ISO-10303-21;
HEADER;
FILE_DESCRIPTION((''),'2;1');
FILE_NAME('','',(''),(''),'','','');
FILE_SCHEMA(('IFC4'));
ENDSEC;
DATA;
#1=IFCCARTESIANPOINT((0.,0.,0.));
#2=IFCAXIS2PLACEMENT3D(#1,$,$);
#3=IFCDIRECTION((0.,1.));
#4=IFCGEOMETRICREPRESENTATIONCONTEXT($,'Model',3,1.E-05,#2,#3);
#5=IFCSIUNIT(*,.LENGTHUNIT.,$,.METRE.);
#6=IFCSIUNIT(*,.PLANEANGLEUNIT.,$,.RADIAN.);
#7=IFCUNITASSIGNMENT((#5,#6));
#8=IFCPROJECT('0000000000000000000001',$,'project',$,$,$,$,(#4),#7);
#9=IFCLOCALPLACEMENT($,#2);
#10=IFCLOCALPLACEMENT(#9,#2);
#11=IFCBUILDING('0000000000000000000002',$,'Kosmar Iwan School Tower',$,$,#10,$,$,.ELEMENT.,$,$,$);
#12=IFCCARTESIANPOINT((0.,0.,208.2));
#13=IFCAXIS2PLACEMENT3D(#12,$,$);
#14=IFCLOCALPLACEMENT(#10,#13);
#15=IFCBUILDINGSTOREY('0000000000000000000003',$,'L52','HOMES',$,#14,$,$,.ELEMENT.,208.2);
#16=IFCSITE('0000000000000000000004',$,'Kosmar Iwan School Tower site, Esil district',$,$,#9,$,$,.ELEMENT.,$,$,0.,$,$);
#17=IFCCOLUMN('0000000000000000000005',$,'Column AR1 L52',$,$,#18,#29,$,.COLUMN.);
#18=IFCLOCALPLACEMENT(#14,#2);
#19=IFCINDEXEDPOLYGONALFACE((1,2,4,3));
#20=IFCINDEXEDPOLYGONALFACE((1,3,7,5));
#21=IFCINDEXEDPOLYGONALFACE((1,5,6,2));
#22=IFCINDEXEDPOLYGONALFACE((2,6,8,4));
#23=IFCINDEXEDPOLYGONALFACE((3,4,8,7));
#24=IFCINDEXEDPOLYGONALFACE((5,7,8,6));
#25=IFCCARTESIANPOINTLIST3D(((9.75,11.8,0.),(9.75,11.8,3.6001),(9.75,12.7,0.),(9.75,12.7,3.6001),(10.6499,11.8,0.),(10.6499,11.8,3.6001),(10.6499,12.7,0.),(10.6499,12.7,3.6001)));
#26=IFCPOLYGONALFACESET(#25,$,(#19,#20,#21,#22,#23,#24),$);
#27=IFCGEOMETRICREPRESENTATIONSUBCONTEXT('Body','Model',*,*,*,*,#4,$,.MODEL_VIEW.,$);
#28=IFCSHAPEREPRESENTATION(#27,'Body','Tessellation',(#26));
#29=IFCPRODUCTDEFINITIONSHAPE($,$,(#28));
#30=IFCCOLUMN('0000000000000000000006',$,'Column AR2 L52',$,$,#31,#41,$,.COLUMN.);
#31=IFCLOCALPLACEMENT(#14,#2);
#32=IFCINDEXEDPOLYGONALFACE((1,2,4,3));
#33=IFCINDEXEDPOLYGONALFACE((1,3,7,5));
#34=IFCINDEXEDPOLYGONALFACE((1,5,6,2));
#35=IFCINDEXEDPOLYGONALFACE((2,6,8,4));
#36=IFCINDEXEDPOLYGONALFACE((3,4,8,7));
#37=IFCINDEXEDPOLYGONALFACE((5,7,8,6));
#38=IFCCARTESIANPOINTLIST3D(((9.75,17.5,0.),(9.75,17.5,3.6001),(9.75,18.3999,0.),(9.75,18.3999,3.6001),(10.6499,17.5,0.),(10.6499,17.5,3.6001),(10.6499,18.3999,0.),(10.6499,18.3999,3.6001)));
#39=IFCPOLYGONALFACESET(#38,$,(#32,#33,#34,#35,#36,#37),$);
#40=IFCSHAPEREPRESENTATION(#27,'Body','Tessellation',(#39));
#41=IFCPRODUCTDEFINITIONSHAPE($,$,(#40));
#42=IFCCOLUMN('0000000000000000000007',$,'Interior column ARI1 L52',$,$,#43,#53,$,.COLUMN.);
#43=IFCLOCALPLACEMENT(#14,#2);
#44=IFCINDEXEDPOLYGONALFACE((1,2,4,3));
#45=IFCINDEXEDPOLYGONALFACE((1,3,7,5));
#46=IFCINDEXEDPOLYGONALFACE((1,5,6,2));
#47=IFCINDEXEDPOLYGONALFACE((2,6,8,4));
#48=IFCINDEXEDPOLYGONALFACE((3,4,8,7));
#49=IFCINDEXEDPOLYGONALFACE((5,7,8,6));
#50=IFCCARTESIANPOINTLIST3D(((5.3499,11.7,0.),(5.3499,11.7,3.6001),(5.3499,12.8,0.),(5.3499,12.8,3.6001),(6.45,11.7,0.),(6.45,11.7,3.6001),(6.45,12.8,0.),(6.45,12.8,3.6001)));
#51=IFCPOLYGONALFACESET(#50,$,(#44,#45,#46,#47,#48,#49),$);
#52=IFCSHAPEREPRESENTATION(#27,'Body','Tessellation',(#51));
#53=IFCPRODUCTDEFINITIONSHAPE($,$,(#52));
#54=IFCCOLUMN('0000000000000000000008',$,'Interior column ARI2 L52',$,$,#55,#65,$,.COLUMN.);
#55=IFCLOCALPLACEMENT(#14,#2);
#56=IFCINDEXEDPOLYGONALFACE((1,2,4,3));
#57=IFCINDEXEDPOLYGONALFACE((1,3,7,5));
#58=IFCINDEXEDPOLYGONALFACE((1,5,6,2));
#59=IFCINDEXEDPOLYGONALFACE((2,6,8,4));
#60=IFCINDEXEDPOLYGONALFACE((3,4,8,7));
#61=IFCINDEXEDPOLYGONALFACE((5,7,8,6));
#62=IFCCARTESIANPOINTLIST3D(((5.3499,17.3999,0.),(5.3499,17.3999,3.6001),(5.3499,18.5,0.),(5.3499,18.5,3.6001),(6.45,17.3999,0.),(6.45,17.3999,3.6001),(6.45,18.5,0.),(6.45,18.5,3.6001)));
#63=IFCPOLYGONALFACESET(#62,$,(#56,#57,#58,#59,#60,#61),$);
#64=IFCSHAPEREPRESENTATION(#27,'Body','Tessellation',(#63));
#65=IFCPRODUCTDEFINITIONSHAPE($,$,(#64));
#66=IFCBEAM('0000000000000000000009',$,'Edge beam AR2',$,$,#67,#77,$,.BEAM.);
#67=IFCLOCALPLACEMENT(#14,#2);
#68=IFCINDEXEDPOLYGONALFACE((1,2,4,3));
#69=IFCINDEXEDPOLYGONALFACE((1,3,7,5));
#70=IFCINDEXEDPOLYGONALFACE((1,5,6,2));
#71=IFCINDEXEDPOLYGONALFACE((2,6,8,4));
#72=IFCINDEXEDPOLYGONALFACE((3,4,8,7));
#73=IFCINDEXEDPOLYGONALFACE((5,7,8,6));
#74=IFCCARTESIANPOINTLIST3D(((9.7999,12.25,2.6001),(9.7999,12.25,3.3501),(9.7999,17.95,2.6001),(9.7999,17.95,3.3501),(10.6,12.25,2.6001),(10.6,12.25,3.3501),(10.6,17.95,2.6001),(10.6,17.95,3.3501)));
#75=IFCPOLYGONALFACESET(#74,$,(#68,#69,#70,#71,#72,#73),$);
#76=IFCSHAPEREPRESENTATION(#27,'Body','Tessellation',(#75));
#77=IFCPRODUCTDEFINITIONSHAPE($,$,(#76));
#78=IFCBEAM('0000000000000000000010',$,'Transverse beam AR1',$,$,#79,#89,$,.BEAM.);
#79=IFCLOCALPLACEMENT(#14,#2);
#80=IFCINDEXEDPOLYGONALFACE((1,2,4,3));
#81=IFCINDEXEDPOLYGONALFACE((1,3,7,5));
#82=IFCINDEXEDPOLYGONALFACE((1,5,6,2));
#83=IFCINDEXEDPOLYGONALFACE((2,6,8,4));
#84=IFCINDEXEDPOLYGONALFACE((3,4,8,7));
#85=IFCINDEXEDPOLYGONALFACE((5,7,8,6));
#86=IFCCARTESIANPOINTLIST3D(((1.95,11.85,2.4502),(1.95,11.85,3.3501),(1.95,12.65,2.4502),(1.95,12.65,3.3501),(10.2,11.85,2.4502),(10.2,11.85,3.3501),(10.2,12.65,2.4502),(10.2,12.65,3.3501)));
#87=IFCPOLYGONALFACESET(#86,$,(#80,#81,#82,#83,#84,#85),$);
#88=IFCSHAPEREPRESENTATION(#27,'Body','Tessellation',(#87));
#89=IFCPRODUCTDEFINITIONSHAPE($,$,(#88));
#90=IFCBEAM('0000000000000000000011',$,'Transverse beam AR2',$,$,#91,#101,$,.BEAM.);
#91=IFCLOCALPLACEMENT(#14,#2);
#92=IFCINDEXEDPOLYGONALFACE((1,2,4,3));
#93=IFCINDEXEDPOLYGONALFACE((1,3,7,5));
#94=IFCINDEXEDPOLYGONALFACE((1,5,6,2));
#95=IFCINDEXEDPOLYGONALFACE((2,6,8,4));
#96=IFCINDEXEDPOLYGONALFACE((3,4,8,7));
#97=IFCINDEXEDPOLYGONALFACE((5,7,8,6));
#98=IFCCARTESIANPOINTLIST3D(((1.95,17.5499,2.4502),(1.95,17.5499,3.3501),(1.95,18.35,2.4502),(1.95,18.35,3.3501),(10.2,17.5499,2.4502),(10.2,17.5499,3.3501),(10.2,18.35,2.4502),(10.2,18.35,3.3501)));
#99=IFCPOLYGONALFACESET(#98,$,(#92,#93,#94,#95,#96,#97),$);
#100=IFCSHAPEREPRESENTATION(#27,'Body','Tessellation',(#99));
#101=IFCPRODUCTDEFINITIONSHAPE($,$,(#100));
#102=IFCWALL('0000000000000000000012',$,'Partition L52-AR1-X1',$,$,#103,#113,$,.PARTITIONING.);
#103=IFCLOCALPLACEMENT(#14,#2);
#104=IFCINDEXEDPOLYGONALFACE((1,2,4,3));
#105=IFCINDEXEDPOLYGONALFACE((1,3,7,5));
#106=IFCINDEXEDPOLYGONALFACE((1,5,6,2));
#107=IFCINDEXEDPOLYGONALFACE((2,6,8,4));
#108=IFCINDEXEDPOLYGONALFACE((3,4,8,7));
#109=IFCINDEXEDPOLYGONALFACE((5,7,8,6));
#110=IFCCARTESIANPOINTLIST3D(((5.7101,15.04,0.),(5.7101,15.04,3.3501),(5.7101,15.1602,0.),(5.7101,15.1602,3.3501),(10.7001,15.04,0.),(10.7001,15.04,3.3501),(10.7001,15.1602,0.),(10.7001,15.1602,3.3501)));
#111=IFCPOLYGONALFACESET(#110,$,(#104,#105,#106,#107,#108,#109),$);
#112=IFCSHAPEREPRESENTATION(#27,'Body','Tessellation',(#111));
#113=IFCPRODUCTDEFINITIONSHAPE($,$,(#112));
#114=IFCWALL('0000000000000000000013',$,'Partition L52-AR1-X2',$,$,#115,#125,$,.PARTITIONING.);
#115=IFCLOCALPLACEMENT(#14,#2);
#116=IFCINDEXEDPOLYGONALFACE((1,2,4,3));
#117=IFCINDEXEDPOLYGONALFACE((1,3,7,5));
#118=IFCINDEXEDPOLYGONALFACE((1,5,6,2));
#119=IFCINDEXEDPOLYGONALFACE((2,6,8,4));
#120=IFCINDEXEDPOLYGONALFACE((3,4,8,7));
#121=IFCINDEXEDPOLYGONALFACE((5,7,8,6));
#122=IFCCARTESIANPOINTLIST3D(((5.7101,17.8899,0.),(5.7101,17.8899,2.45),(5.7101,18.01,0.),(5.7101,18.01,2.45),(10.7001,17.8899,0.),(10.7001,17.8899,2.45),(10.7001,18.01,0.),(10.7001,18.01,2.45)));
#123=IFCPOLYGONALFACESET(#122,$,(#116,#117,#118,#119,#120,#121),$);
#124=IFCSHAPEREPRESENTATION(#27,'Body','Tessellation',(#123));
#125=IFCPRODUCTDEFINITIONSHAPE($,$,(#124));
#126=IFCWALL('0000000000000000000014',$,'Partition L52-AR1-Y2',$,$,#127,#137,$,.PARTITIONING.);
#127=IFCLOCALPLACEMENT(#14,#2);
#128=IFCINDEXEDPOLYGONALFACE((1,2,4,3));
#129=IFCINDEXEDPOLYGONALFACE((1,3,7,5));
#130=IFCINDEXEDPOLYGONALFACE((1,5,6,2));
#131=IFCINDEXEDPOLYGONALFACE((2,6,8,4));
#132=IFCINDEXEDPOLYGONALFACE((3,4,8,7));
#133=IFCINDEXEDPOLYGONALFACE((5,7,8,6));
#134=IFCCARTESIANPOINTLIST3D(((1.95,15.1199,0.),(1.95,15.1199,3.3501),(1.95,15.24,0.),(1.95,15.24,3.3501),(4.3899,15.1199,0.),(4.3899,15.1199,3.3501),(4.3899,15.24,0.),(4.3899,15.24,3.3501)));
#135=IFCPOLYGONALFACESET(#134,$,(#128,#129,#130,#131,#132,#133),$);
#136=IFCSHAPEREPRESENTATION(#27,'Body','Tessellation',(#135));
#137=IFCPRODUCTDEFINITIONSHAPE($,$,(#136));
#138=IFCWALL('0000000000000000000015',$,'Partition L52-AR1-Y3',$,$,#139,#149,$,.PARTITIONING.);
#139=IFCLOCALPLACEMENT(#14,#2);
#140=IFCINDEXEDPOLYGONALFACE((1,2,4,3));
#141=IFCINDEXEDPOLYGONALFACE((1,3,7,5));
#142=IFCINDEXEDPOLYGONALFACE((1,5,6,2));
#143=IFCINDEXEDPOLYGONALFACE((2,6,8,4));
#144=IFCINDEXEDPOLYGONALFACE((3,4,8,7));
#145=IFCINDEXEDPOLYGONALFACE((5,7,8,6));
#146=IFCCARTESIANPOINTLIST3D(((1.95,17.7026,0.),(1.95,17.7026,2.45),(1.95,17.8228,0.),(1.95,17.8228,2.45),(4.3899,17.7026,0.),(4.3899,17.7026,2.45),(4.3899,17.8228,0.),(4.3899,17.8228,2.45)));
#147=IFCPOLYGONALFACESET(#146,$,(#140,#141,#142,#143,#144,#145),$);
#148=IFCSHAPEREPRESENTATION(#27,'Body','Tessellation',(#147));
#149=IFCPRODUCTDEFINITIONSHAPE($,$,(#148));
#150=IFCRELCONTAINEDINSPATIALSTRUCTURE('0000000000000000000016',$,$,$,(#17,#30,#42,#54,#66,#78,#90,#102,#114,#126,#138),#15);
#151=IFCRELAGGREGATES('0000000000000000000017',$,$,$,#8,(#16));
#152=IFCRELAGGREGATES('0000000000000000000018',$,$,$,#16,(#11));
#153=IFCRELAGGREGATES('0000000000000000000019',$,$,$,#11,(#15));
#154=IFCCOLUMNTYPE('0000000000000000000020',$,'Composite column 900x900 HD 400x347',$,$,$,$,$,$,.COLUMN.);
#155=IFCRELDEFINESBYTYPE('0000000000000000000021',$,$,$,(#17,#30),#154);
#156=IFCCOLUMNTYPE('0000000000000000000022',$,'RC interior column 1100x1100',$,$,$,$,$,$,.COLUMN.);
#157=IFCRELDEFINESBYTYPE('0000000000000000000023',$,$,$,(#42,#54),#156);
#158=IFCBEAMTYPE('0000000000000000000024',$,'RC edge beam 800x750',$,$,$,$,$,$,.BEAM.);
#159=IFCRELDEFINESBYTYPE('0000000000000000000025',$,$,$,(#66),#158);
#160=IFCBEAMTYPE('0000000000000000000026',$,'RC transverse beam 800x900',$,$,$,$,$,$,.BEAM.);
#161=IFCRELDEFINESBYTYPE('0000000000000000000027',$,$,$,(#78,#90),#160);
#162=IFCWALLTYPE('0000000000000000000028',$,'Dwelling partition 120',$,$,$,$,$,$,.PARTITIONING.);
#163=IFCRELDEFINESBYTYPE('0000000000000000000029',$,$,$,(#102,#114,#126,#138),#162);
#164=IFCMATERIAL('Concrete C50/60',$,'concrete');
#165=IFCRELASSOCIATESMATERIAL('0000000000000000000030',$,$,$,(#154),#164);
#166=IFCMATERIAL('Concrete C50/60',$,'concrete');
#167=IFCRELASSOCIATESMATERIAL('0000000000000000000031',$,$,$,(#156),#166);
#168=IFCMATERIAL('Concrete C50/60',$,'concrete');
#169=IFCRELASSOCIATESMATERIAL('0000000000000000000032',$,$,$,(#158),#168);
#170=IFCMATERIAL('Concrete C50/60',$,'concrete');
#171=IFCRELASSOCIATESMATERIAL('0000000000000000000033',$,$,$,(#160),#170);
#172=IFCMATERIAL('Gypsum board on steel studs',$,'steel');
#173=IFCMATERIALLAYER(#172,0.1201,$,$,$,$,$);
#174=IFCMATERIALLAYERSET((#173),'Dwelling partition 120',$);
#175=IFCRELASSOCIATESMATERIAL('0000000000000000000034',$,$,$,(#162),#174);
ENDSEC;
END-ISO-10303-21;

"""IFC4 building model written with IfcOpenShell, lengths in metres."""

from ifc_helpers import new_model, si_unit, direction, frame, frame_2d, origin, origin_2d, place, context, subcontext, project, spatial, rectangle, extrude, material, layer, layer_set, material_profile, profile_set, type_object, element, save


model = new_model("IFC4")

# Units and contexts
model_context = context("Model", 3, precision=1e-05, world=origin(), true_north=direction((0.0, 1.0)))
body_context = subcontext(model_context, "Body", "Model", "MODEL_VIEW")
ifc_project = project(units=[si_unit("LENGTHUNIT", "METRE"), si_unit("PLANEANGLEUNIT", "RADIAN")], contexts=[model_context])

# Site, building, storey
site_placement = place(None, origin())
site = spatial("IfcSite", under=ifc_project, at=site_placement, Name="Kosmar Iwan School Tower site, Esil district", CompositionType="ELEMENT", RefElevation=0.0)
building_placement = place(site_placement, origin())
building = spatial("IfcBuilding", under=site, at=building_placement, Name="Kosmar Iwan School Tower", CompositionType="ELEMENT")
storey_placement = place(building_placement, frame((0.0, 0.0, 208.2)))
storey = spatial("IfcBuildingStorey", under=building, at=storey_placement, Name="L52", Description="HOMES", CompositionType="ELEMENT", Elevation=208.2)

# Columns
ifc_material_1 = material(Name="Concrete C50/60", Category="concrete")
ifc_material_profile_1 = material_profile(ifc_material_1, rectangle(XDim=0.8999, YDim=0.8999, at=origin_2d()), Name="RC 900x900 + HD 400x347")
ifc_profile_set_1 = profile_set([ifc_material_profile_1], Name="Concrete C50/60")
column_type_1 = type_object("IfcColumnType", Name="Composite column 900x900 HD 400x347", PredefinedType="COLUMN", material=ifc_profile_set_1)
for number, where, z_axis, x_axis, name in (
    (1, (10.2, 12.25, 0.0), (0.0, 0.0, 1.0), (0.0, 1.0, 0.0), "Column AR1 L52"),
    (2, (10.2, 17.95, 0.0), (0.0, 0.0, 1.0), (0.0, 1.0, 0.0), "Column AR2 L52"),
):
    element("IfcColumn", number, at=place(storey_placement, frame(where, z_axis=z_axis, x_axis=x_axis)), inside=storey, type_object=column_type_1, Name=name, PredefinedType="COLUMN", context=body_context, shape_type="SweptSolid", body=[
        extrude(rectangle(XDim=0.8999, YDim=0.8999, at=origin_2d()), origin(), (0.0, 0.0, 1.0), 3.6001),
    ])
ifc_material_2 = material(Name="Concrete C50/60", Category="concrete")
ifc_material_profile_2 = material_profile(ifc_material_2, rectangle(XDim=1.1001, YDim=1.1001, at=origin_2d()), Name="RC 1100x1100")
ifc_profile_set_2 = profile_set([ifc_material_profile_2], Name="Concrete C50/60")
column_type_2 = type_object("IfcColumnType", Name="RC interior column 1100x1100", PredefinedType="COLUMN", material=ifc_profile_set_2)
for number, where, z_axis, x_axis, name in (
    (3, (5.8999, 12.25, 0.0), (0.0, 0.0, 1.0), (0.0, 1.0, 0.0), "Interior column ARI1 L52"),
    (4, (5.8999, 17.95, 0.0), (0.0, 0.0, 1.0), (0.0, 1.0, 0.0), "Interior column ARI2 L52"),
):
    element("IfcColumn", number, at=place(storey_placement, frame(where, z_axis=z_axis, x_axis=x_axis)), inside=storey, type_object=column_type_2, Name=name, PredefinedType="COLUMN", context=body_context, shape_type="SweptSolid", body=[
        extrude(rectangle(XDim=1.1001, YDim=1.1001, at=origin_2d()), origin(), (0.0, 0.0, 1.0), 3.6001),
    ])

# Beams
ifc_material_3 = material(Name="Concrete C50/60", Category="concrete")
ifc_material_profile_3 = material_profile(ifc_material_3, rectangle(XDim=0.8, YDim=0.75, at=origin_2d()), Name="RC 800x750")
ifc_profile_set_3 = profile_set([ifc_material_profile_3], Name="Concrete C50/60")
beam_type_1 = type_object("IfcBeamType", Name="RC edge beam 800x750", PredefinedType="BEAM", material=ifc_profile_set_3)
beam_placement = place(storey_placement, frame((10.2, 12.25, 2.9751), z_axis=(0.0, 1.0, 0.0), x_axis=(-1.0, 0.0, 0.0)))
element("IfcBeam", 5, at=beam_placement, inside=storey, type_object=beam_type_1, Name="Edge beam AR2", PredefinedType="BEAM", context=body_context, shape_type="SweptSolid", body=[
    extrude(rectangle(XDim=0.8, YDim=0.75, at=origin_2d()), origin(), (0.0, 0.0, 1.0), 5.7),
])
ifc_material_4 = material(Name="Concrete C50/60", Category="concrete")
ifc_material_profile_4 = material_profile(ifc_material_4, rectangle(XDim=0.8, YDim=0.8999, at=origin_2d()), Name="RC 800x900")
ifc_profile_set_4 = profile_set([ifc_material_profile_4], Name="Concrete C50/60")
beam_type_2 = type_object("IfcBeamType", Name="RC transverse beam 800x900", PredefinedType="BEAM", material=ifc_profile_set_4)
for number, where, z_axis, x_axis, name in (
    (6, (10.2, 12.25, 2.9001), (-1.0, 0.0, 0.0), (0.0, -1.0, 0.0), "Transverse beam AR1"),
    (7, (10.2, 17.95, 2.9001), (-1.0, 0.0, 0.0), (0.0, -1.0, 0.0), "Transverse beam AR2"),
):
    element("IfcBeam", number, at=place(storey_placement, frame(where, z_axis=z_axis, x_axis=x_axis)), inside=storey, type_object=beam_type_2, Name=name, PredefinedType="BEAM", context=body_context, shape_type="SweptSolid", body=[
        extrude(rectangle(XDim=0.8, YDim=0.8999, at=origin_2d()), origin(), (0.0, 0.0, 1.0), 8.25),
    ])

# Walls
ifc_material_5 = material(Name="Gypsum board on steel studs", Category="steel")
ifc_layer = layer(ifc_material_5, 0.1201)
ifc_layer_set = layer_set([ifc_layer], Name="Dwelling partition 120")
wall_type = type_object("IfcWallType", Name="Dwelling partition 120", PredefinedType="PARTITIONING", material=ifc_layer_set)
wall_1_placement = place(storey_placement, frame((5.71, 15.1001, 0.0), z_axis=(0.0, 0.0, 1.0), x_axis=(1.0, 0.0, 0.0)))
element("IfcWall", 8, at=wall_1_placement, inside=storey, type_object=wall_type, Name="Partition L52-AR1-X1", PredefinedType="PARTITIONING", context=body_context, shape_type="SweptSolid", body=[
    extrude(rectangle(XDim=4.99, YDim=0.1201, at=frame_2d((2.4951, 0.0))), origin(), (0.0, 0.0, 1.0), 3.3501),
])
wall_2_placement = place(storey_placement, frame((5.71, 17.95, 0.0), z_axis=(0.0, 0.0, 1.0), x_axis=(1.0, 0.0, 0.0)))
element("IfcWall", 9, at=wall_2_placement, inside=storey, type_object=wall_type, Name="Partition L52-AR1-X2", PredefinedType="PARTITIONING", context=body_context, shape_type="SweptSolid", body=[
    extrude(rectangle(XDim=4.99, YDim=0.1201, at=frame_2d((2.4951, 0.0))), origin(), (0.0, 0.0, 1.0), 2.45),
])
wall_3_placement = place(storey_placement, frame((1.95, 15.1799, 0.0), z_axis=(0.0, 0.0, 1.0), x_axis=(1.0, 0.0, 0.0)))
element("IfcWall", 10, at=wall_3_placement, inside=storey, type_object=wall_type, Name="Partition L52-AR1-Y2", PredefinedType="PARTITIONING", context=body_context, shape_type="SweptSolid", body=[
    extrude(rectangle(XDim=2.4399, YDim=0.1201, at=frame_2d((1.22, 0.0))), origin(), (0.0, 0.0, 1.0), 3.3501),
])
wall_4_placement = place(storey_placement, frame((1.95, 17.7627, 0.0), z_axis=(0.0, 0.0, 1.0), x_axis=(1.0, 0.0, 0.0)))
element("IfcWall", 11, at=wall_4_placement, inside=storey, type_object=wall_type, Name="Partition L52-AR1-Y3", PredefinedType="PARTITIONING", context=body_context, shape_type="SweptSolid", body=[
    extrude(rectangle(XDim=2.4399, YDim=0.1201, at=frame_2d((1.22, 0.0))), origin(), (0.0, 0.0, 1.0), 2.45),
])

save(model, "model.ifc")
